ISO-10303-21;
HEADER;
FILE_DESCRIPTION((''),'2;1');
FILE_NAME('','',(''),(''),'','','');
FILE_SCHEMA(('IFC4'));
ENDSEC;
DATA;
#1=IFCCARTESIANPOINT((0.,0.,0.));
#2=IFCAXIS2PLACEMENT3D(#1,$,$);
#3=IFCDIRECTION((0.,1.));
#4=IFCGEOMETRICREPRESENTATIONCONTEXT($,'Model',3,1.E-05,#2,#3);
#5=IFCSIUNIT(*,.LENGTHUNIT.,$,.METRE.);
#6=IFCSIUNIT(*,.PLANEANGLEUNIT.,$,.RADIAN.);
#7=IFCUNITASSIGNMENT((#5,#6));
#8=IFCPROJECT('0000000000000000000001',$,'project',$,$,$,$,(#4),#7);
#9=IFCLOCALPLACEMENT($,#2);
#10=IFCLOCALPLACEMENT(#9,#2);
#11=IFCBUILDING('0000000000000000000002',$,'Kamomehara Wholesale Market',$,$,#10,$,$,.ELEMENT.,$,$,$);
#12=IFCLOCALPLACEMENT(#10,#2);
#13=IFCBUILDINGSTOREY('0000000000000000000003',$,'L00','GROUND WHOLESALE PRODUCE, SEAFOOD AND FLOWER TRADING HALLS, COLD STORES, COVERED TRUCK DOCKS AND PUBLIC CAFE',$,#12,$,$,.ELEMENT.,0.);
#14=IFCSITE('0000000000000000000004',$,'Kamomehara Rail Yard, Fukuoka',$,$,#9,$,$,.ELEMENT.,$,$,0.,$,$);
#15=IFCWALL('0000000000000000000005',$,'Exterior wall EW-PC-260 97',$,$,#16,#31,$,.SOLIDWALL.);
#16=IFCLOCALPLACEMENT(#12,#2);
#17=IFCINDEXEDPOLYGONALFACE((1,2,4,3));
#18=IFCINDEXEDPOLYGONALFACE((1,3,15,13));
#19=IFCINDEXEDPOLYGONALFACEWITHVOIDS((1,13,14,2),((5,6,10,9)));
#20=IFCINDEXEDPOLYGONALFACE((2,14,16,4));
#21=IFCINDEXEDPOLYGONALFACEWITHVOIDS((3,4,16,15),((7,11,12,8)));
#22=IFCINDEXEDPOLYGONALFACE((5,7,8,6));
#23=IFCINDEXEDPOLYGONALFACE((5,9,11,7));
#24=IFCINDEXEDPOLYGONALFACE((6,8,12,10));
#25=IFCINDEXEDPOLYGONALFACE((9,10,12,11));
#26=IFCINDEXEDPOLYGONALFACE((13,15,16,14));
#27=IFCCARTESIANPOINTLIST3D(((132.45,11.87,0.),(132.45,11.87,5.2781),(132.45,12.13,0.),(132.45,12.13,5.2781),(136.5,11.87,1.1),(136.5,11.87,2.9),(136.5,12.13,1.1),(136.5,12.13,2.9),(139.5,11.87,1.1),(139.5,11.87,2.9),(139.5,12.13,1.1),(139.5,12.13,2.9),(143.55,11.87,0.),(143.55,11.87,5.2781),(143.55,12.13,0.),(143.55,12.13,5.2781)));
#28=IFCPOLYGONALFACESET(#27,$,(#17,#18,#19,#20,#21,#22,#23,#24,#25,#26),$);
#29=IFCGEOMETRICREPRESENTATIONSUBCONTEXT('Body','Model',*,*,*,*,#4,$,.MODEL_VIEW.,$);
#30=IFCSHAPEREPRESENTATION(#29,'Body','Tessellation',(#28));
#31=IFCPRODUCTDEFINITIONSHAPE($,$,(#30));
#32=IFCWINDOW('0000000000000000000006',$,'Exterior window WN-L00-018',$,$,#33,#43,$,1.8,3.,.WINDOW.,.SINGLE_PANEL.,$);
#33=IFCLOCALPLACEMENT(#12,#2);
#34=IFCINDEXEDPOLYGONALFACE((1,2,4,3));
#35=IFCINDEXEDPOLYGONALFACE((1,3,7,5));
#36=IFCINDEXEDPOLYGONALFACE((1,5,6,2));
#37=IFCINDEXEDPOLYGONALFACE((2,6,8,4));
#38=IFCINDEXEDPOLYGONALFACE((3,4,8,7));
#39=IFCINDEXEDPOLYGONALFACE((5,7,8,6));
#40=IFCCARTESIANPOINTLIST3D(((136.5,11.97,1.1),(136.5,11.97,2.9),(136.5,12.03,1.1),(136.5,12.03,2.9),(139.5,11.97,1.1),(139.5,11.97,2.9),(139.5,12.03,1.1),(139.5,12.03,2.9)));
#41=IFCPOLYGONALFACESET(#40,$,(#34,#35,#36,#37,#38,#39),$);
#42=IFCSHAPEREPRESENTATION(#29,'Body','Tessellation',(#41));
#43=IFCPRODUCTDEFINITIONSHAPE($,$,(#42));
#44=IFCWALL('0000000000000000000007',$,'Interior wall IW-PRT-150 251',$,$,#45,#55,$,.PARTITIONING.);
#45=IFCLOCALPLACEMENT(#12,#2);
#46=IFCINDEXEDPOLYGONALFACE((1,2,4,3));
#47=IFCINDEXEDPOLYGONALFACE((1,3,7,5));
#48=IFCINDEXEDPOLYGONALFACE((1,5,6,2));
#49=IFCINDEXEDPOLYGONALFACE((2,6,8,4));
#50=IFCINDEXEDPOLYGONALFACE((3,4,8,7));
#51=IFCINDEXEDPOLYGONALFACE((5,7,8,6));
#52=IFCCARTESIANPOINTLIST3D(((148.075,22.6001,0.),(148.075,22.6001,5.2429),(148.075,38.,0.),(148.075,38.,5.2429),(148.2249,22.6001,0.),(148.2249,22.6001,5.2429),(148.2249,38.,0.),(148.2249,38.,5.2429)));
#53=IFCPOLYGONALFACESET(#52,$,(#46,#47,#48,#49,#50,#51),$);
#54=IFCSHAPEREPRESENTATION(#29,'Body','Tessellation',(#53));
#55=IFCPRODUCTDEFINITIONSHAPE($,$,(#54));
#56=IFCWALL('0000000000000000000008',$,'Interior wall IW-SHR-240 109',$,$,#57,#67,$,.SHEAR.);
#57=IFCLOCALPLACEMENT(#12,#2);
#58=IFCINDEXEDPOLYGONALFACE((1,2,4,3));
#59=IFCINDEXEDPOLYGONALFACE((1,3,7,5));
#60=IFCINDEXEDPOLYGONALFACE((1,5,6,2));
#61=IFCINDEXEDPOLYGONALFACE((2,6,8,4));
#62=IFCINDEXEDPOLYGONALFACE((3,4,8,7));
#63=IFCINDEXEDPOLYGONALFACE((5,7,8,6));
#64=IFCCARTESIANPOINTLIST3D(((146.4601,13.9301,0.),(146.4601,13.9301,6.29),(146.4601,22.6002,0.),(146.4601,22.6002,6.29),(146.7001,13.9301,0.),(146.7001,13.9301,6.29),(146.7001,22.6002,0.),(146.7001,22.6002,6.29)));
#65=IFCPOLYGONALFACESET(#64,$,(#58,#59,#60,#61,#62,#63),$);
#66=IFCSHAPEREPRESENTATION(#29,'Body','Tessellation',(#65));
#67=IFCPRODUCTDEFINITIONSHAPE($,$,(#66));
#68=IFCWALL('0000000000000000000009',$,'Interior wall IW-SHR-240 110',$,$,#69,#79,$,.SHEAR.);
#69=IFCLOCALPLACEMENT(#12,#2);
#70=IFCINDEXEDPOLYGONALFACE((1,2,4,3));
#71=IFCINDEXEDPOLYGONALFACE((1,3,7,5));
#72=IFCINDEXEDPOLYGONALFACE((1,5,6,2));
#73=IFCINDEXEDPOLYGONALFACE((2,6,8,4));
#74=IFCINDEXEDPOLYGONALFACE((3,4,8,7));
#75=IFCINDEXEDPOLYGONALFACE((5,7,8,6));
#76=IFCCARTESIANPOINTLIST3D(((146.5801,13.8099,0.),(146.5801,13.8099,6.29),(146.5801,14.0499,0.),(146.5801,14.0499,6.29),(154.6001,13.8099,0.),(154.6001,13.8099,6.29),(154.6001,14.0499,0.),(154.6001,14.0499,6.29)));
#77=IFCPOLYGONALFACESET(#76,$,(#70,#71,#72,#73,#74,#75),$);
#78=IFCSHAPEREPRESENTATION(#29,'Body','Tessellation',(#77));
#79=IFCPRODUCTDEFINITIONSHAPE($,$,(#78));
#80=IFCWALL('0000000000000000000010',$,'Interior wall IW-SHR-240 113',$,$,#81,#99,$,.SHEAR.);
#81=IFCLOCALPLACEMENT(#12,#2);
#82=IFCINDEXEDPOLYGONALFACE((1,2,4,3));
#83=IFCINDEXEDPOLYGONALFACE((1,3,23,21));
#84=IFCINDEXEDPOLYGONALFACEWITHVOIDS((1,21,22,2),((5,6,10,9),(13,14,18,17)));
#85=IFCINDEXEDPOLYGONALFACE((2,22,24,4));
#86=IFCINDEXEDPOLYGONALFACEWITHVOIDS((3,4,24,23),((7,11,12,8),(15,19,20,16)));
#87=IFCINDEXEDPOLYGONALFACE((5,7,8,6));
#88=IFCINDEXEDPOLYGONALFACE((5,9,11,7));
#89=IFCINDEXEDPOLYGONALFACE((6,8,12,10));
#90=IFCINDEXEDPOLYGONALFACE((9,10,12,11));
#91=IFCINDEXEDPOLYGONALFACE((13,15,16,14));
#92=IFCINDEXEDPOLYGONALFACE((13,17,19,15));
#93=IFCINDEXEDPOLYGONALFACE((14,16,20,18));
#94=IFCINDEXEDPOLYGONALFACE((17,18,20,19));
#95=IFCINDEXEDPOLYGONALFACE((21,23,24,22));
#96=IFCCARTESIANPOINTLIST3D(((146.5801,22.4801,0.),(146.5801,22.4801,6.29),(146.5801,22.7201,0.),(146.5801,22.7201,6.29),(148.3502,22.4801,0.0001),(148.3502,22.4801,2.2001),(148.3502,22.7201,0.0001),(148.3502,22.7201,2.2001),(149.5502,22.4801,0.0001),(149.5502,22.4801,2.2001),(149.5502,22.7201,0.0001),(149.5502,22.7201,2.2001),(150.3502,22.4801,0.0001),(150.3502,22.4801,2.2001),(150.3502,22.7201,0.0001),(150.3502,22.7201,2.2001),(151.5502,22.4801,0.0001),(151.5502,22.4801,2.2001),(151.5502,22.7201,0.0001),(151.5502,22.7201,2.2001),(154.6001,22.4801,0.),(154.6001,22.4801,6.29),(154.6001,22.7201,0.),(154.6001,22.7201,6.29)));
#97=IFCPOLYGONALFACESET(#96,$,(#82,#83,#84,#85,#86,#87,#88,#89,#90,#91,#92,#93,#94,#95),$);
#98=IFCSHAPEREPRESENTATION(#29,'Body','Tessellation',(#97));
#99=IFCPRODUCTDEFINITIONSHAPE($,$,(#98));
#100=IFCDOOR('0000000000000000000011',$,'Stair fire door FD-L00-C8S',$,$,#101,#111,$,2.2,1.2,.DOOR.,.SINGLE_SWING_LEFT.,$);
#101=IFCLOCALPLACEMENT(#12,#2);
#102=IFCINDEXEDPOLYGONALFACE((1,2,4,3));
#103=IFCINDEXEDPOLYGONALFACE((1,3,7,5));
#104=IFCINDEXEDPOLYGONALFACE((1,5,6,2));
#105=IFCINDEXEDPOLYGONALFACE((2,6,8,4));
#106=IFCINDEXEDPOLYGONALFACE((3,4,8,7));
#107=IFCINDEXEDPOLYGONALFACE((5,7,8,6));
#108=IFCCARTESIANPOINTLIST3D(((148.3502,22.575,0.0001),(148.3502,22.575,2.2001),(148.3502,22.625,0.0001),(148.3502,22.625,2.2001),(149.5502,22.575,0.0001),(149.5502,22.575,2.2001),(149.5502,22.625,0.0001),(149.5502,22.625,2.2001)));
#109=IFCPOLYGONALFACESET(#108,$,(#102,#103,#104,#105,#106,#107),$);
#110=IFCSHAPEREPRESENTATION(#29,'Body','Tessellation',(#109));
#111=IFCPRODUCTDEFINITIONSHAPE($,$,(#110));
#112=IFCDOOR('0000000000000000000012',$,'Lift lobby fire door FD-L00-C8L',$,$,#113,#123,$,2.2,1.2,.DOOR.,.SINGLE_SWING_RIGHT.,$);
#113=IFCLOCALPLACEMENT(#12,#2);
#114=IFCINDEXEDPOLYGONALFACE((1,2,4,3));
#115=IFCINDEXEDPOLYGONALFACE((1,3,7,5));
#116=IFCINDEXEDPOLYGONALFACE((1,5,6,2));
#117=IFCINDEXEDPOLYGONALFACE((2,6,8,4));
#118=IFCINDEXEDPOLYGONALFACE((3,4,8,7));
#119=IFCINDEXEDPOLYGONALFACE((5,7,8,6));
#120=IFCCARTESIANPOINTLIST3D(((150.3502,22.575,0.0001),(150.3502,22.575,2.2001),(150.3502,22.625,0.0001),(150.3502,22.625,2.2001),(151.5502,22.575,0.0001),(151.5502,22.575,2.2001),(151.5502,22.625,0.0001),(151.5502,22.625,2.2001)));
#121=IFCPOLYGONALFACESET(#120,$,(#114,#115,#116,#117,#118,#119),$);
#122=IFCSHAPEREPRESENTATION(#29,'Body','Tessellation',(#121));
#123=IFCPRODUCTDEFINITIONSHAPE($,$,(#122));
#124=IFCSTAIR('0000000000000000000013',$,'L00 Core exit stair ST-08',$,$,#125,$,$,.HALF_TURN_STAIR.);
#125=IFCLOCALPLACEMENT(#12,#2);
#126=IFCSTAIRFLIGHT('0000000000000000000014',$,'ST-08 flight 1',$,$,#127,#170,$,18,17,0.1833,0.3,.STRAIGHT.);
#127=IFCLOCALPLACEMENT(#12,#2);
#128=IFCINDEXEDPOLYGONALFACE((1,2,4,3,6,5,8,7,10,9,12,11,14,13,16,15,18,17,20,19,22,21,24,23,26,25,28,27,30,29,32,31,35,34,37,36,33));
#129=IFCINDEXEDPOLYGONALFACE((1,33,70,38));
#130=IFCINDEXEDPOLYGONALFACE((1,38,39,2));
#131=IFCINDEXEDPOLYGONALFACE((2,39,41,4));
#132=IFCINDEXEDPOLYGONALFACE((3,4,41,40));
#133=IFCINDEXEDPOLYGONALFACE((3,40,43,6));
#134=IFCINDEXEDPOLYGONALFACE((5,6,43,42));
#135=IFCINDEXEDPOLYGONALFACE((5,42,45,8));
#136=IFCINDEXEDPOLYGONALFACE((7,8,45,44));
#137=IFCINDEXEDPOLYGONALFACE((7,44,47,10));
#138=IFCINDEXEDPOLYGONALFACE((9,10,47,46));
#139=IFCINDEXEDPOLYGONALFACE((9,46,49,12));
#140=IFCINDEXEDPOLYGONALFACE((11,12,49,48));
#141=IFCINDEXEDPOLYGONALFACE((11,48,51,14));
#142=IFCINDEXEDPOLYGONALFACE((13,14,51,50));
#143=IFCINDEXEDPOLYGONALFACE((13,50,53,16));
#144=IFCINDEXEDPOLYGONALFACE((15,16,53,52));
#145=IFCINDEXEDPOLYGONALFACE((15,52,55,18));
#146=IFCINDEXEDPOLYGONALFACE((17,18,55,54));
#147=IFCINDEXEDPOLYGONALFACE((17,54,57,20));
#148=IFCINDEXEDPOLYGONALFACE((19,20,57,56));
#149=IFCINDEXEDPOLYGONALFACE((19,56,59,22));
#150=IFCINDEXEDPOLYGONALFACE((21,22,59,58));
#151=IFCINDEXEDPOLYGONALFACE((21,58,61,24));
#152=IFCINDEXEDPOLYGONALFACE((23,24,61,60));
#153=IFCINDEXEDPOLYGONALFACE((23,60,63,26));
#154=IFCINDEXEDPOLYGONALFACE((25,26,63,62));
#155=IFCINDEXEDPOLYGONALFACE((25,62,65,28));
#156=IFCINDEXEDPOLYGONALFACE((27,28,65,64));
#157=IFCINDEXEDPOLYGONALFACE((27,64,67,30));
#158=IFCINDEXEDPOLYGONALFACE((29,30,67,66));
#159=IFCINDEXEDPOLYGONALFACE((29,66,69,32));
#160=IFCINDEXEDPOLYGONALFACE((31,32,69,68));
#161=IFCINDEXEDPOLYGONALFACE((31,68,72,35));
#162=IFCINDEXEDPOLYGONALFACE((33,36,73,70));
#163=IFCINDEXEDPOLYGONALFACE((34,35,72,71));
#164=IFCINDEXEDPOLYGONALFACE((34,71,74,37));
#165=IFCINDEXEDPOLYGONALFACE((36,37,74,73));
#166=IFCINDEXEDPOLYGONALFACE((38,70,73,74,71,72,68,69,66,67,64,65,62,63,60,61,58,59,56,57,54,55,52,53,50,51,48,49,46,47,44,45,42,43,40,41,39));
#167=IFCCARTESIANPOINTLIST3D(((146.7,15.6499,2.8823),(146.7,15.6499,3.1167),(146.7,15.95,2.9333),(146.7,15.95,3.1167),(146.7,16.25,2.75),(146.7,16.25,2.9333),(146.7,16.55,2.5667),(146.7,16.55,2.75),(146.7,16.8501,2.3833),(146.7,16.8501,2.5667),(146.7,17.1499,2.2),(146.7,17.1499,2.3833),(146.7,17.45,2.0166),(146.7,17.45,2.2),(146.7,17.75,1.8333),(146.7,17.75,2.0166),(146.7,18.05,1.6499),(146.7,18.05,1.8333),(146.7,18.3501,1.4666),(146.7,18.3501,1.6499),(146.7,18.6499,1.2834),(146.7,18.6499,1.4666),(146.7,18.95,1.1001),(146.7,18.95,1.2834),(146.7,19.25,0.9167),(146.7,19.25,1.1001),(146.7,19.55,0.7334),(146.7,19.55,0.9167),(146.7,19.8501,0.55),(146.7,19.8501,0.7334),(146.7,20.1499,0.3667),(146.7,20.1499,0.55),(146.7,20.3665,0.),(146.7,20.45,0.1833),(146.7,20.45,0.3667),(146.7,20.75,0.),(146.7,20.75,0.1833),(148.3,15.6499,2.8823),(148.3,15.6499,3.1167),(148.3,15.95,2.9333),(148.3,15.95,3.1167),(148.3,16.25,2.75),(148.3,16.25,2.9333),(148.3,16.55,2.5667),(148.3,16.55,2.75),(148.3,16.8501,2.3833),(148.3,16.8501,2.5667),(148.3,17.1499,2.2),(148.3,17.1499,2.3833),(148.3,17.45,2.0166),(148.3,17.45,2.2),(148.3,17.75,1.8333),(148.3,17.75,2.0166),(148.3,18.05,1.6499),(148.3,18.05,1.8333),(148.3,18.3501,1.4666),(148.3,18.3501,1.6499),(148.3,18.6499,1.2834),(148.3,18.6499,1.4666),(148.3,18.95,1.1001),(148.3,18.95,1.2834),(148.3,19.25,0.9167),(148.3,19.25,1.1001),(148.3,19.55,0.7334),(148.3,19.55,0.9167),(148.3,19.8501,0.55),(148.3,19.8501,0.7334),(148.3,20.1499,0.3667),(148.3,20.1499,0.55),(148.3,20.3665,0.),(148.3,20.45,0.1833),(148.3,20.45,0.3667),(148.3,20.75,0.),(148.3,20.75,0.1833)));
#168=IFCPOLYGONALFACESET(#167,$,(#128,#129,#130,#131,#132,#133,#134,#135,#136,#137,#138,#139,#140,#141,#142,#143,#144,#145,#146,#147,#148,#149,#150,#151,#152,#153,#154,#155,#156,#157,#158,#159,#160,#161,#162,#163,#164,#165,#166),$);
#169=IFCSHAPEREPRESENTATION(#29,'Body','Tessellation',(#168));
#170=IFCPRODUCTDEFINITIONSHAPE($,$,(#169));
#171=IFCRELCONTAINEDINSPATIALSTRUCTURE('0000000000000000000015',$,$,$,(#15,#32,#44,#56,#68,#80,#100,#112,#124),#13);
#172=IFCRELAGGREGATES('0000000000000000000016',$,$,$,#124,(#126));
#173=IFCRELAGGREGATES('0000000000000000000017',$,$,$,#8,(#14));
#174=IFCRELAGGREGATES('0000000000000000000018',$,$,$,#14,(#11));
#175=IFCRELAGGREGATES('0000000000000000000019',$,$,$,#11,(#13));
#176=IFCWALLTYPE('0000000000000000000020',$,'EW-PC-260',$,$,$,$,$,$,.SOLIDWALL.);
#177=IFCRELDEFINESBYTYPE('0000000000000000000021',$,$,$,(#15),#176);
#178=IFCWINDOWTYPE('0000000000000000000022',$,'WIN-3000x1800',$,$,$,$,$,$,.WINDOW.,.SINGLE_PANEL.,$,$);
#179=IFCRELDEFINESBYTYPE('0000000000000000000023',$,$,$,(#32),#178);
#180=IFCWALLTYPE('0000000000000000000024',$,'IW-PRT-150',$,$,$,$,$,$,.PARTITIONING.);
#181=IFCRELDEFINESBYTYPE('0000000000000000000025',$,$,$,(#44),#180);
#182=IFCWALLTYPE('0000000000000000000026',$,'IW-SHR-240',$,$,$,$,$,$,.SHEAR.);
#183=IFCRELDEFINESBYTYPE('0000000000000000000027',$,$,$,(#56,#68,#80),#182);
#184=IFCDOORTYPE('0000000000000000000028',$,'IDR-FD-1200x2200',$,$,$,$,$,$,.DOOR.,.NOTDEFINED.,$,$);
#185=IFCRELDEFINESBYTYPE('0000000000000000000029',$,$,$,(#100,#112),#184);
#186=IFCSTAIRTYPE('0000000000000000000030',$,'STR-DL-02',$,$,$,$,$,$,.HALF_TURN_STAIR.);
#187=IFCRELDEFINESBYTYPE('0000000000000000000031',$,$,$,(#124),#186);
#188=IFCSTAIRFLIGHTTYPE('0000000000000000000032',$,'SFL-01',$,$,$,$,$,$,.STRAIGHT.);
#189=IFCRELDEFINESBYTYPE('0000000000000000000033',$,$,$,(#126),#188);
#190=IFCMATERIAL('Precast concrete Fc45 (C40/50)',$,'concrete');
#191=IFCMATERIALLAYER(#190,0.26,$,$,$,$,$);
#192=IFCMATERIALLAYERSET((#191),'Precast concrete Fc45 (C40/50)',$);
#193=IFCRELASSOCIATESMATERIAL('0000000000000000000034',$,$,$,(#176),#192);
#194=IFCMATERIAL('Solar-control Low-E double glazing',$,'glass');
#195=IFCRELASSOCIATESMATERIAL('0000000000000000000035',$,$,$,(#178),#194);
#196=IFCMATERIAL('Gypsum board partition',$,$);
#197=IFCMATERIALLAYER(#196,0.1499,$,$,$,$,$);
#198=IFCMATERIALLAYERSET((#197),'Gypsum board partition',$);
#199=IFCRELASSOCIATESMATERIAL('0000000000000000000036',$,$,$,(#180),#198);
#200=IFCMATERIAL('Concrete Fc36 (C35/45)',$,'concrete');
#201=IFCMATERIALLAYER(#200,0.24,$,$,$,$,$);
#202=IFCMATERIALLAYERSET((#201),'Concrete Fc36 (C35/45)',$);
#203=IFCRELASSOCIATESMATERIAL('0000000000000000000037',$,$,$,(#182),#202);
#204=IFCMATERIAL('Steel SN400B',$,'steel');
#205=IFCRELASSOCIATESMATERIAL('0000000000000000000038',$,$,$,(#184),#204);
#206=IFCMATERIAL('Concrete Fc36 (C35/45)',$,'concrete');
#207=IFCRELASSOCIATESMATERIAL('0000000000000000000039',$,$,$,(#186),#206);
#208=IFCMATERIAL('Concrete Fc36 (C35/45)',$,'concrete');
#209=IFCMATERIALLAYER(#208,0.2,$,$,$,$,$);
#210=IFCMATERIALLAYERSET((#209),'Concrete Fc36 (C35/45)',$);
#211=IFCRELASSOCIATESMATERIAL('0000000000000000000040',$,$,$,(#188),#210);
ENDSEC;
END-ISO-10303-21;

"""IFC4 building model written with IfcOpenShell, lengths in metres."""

from ifc_helpers import new_model, si_unit, direction, frame, frame_2d, origin, place, context, subcontext, project, spatial, polyline, rectangle, outline, extrude, material, layer, layer_set, type_object, element, fill, aggregate, save


model = new_model("IFC4")

# Units and contexts
model_context = context("Model", 3, precision=1e-05, world=origin(), true_north=direction((0.0, 1.0)))
body_context = subcontext(model_context, "Body", "Model", "MODEL_VIEW")
ifc_project = project(units=[si_unit("LENGTHUNIT", "METRE"), si_unit("PLANEANGLEUNIT", "RADIAN")], contexts=[model_context])

# Site, building, storey
site_placement = place(None, origin())
site = spatial("IfcSite", under=ifc_project, at=site_placement, Name="Kamomehara Rail Yard, Fukuoka", CompositionType="ELEMENT", RefElevation=0.0)
building_placement = place(site_placement, origin())
building = spatial("IfcBuilding", under=site, at=building_placement, Name="Kamomehara Wholesale Market", CompositionType="ELEMENT")
storey_placement = place(building_placement, origin())
storey = spatial("IfcBuildingStorey", under=building, at=storey_placement, Name="L00", Description="GROUND WHOLESALE PRODUCE, SEAFOOD AND FLOWER TRADING HALLS, COLD STORES, COVERED TRUCK DOCKS AND PUBLIC CAFE", CompositionType="ELEMENT", Elevation=0.0)

# Wall, opening, window
ifc_material_1 = material(Name="Precast concrete Fc45 (C40/50)", Category="concrete")
ifc_layer_1 = layer(ifc_material_1, 0.26)
ifc_layer_set_1 = layer_set([ifc_layer_1], Name="Precast concrete Fc45 (C40/50)")
wall_type_1 = type_object("IfcWallType", Name="EW-PC-260", PredefinedType="SOLIDWALL", material=ifc_layer_set_1)
wall_1_placement = place(storey_placement, frame((143.55, 12.0, 0.0), z_axis=(0.0, 0.0, 1.0), x_axis=(-1.0, 0.0, 0.0)))
wall_1 = element("IfcWall", 1, at=wall_1_placement, inside=storey, type_object=wall_type_1, Name="Exterior wall EW-PC-260 97", PredefinedType="SOLIDWALL", context=body_context, shape_type="SweptSolid", body=[
    extrude(rectangle(XDim=11.1001, YDim=0.26, at=frame_2d((5.55, 0.0))), origin(), (0.0, 0.0, 1.0), 5.2781),
])
opening_1_placement = place(wall_1_placement, frame((4.05, 0.0, 1.1001)))
opening_1 = element("IfcOpeningElement", 2, at=opening_1_placement, cuts=wall_1, PredefinedType="OPENING", context=body_context, shape_type="SweptSolid", body=[
    extrude(rectangle(XDim=3.0, YDim=1.8, at=frame_2d((1.5, 0.8999))), frame((0.0, 0.145, 0.0), z_axis=(0.0, -1.0, 0.0), x_axis=(1.0, 0.0, 0.0)), (0.0, 0.0, 1.0), 0.2898),
])
ifc_material_2 = material(Name="Solar-control Low-E double glazing", Category="glass")
window_type = type_object("IfcWindowType", Name="WIN-3000x1800", PartitioningType="SINGLE_PANEL", PredefinedType="WINDOW", material=ifc_material_2)
window_placement = place(opening_1_placement, origin())
window = element("IfcWindow", 3, at=window_placement, inside=storey, type_object=window_type, Name="Exterior window WN-L00-018", OverallHeight=1.8, OverallWidth=3.0, PartitioningType="SINGLE_PANEL", PredefinedType="WINDOW", context=body_context, shape_type="SweptSolid", body=[
    extrude(rectangle(XDim=3.0, YDim=1.8, at=frame_2d((1.5, 0.8999))), frame((0.0, 0.03, 0.0), z_axis=(0.0, -1.0, 0.0), x_axis=(1.0, 0.0, 0.0)), (0.0, 0.0, 1.0), 0.0601),
])
fill(opening_1, window)

# Walls
ifc_material_3 = material(Name="Gypsum board partition")
ifc_layer_2 = layer(ifc_material_3, 0.1499)
ifc_layer_set_2 = layer_set([ifc_layer_2], Name="Gypsum board partition")
wall_type_2 = type_object("IfcWallType", Name="IW-PRT-150", PredefinedType="PARTITIONING", material=ifc_layer_set_2)
wall_2_placement = place(storey_placement, frame((148.1499, 22.6001, 0.0), z_axis=(0.0, 0.0, 1.0), x_axis=(0.0, 1.0, 0.0)))
element("IfcWall", 4, at=wall_2_placement, inside=storey, type_object=wall_type_2, Name="Interior wall IW-PRT-150 251", PredefinedType="PARTITIONING", context=body_context, shape_type="SweptSolid", body=[
    extrude(rectangle(XDim=15.3999, YDim=0.1499, at=frame_2d((7.7, 0.0))), origin(), (0.0, 0.0, 1.0), 5.2429),
])
ifc_material_4 = material(Name="Concrete Fc36 (C35/45)", Category="concrete")
ifc_layer_3 = layer(ifc_material_4, 0.24)
ifc_layer_set_3 = layer_set([ifc_layer_3], Name="Concrete Fc36 (C35/45)")
wall_type_3 = type_object("IfcWallType", Name="IW-SHR-240", PredefinedType="SHEAR", material=ifc_layer_set_3)
wall_3_placement = place(storey_placement, frame((146.5801, 22.6001, 0.0), z_axis=(0.0, 0.0, 1.0), x_axis=(0.0, -1.0, 0.0)))
element("IfcWall", 5, at=wall_3_placement, inside=storey, type_object=wall_type_3, Name="Interior wall IW-SHR-240 109", PredefinedType="SHEAR", context=body_context, shape_type="SweptSolid", body=[
    extrude(rectangle(XDim=8.6702, YDim=0.24, at=frame_2d((4.335, 0.0))), origin(), (0.0, 0.0, 1.0), 6.29),
])
wall_4_placement = place(storey_placement, frame((146.5801, 13.9299, 0.0), z_axis=(0.0, 0.0, 1.0), x_axis=(1.0, 0.0, 0.0)))
element("IfcWall", 6, at=wall_4_placement, inside=storey, type_object=wall_type_3, Name="Interior wall IW-SHR-240 110", PredefinedType="SHEAR", context=body_context, shape_type="SweptSolid", body=[
    extrude(rectangle(XDim=8.02, YDim=0.24, at=frame_2d((4.01, 0.0))), origin(), (0.0, 0.0, 1.0), 6.29),
])

# Wall, openings, doors
wall_5_placement = place(storey_placement, frame((146.5801, 22.6001, 0.0), z_axis=(0.0, 0.0, 1.0), x_axis=(1.0, 0.0, 0.0)))
wall_5 = element("IfcWall", 7, at=wall_5_placement, inside=storey, type_object=wall_type_3, Name="Interior wall IW-SHR-240 113", PredefinedType="SHEAR", context=body_context, shape_type="SweptSolid", body=[
    extrude(rectangle(XDim=8.02, YDim=0.24, at=frame_2d((4.01, 0.0))), origin(), (0.0, 0.0, 1.0), 6.29),
])
opening_2_placement = place(wall_5_placement, frame((1.77, 0.0, 0.0)))
opening_2 = element("IfcOpeningElement", 8, at=opening_2_placement, cuts=wall_5, PredefinedType="OPENING", context=body_context, shape_type="SweptSolid", body=[
    extrude(rectangle(XDim=1.2, YDim=2.2, at=frame_2d((0.6001, 1.1001))), frame((0.0, 0.1348, 0.0), z_axis=(0.0, -1.0, 0.0), x_axis=(1.0, 0.0, 0.0)), (0.0, 0.0, 1.0), 0.2698),
])
opening_3_placement = place(wall_5_placement, frame((3.77, 0.0, 0.0)))
opening_3 = element("IfcOpeningElement", 9, at=opening_3_placement, cuts=wall_5, PredefinedType="OPENING", context=body_context, shape_type="SweptSolid", body=[
    extrude(rectangle(XDim=1.2, YDim=2.2, at=frame_2d((0.6001, 1.1001))), frame((0.0, 0.1348, 0.0), z_axis=(0.0, -1.0, 0.0), x_axis=(1.0, 0.0, 0.0)), (0.0, 0.0, 1.0), 0.2698),
])
ifc_material_5 = material(Name="Steel SN400B", Category="steel")
door_type = type_object("IfcDoorType", Name="IDR-FD-1200x2200", OperationType="NOTDEFINED", PredefinedType="DOOR", material=ifc_material_5)
door_1_placement = place(opening_2_placement, origin())
door_1 = element("IfcDoor", 10, at=door_1_placement, inside=storey, type_object=door_type, Name="Stair fire door FD-L00-C8S", OperationType="SINGLE_SWING_LEFT", OverallHeight=2.2, OverallWidth=1.2, PredefinedType="DOOR", context=body_context, shape_type="SweptSolid", body=[
    extrude(rectangle(XDim=1.2, YDim=2.2, at=frame_2d((0.6001, 1.1001))), frame((0.0, 0.0249, 0.0), z_axis=(0.0, -1.0, 0.0), x_axis=(1.0, 0.0, 0.0)), (0.0, 0.0, 1.0), 0.05),
])
fill(opening_2, door_1)
door_2_placement = place(opening_3_placement, origin())
door_2 = element("IfcDoor", 11, at=door_2_placement, inside=storey, type_object=door_type, Name="Lift lobby fire door FD-L00-C8L", OperationType="SINGLE_SWING_RIGHT", OverallHeight=2.2, OverallWidth=1.2, PredefinedType="DOOR", context=body_context, shape_type="SweptSolid", body=[
    extrude(rectangle(XDim=1.2, YDim=2.2, at=frame_2d((0.6001, 1.1001))), frame((0.0, 0.0249, 0.0), z_axis=(0.0, -1.0, 0.0), x_axis=(1.0, 0.0, 0.0)), (0.0, 0.0, 1.0), 0.05),
])
fill(opening_3, door_2)

# Stair, stair flight
ifc_material_6 = material(Name="Concrete Fc36 (C35/45)", Category="concrete")
stair_type = type_object("IfcStairType", Name="STR-DL-02", PredefinedType="HALF_TURN_STAIR", material=ifc_material_6)
stair_placement = place(storey_placement, origin())
stair = element("IfcStair", 12, at=stair_placement, inside=storey, type_object=stair_type, Name="L00 Core exit stair ST-08", PredefinedType="HALF_TURN_STAIR")
ifc_material_7 = material(Name="Concrete Fc36 (C35/45)", Category="concrete")
ifc_layer_4 = layer(ifc_material_7, 0.2)
ifc_layer_set_4 = layer_set([ifc_layer_4], Name="Concrete Fc36 (C35/45)")
stair_flight_type = type_object("IfcStairFlightType", Name="SFL-01", PredefinedType="STRAIGHT", material=ifc_layer_set_4)
stair_flight_placement = place(storey_placement, frame((147.5, 20.75, 0.0), z_axis=(0.0, 0.0, 1.0), x_axis=(0.0, -1.0, 0.0)))
stair_flight = element("IfcStairFlight", 13, at=stair_flight_placement, type_object=stair_flight_type, Name="ST-08 flight 1", NumberOfRisers=18, NumberOfTreads=17, PredefinedType="STRAIGHT", RiserHeight=0.1833, TreadLength=0.3, context=body_context, shape_type="SweptSolid", body=[
    extrude(outline(polyline([(0.0, 0.0), (0.0, 0.1833), (0.3, 0.1833), (0.3, 0.3667), (0.6001, 0.3667), (0.6001, 0.55), (0.8999, 0.55), (0.8999, 0.7334), (1.2, 0.7334), (1.2, 0.9167), (1.5, 0.9167), (1.5, 1.1001), (1.8, 1.1001), (1.8, 1.2834), (2.1001, 1.2834), (2.1001, 1.4666), (2.3999, 1.4666), (2.3999, 1.6499), (2.7, 1.6499), (2.7, 1.8333), (3.0, 1.8333), (3.0, 2.0166), (3.3, 2.0166), (3.3, 2.2), (3.6001, 2.2), (3.6001, 2.3833), (3.8999, 2.3833), (3.8999, 2.5667), (4.2, 2.5667), (4.2, 2.75), (4.5, 2.75), (4.5, 2.9333), (4.8, 2.9333), (4.8, 3.1167), (5.1001, 3.1167), (5.1001, 3.3), (5.1001, 2.8823), (0.3835, 0.0), (0.0, 0.0)])), frame((0.0, 0.8, 0.0), z_axis=(0.0, -1.0, 0.0), x_axis=(1.0, 0.0, 0.0)), (0.0, 0.0, 1.0), 1.6001),
])
aggregate(stair, [stair_flight])

save(model, "model.ifc")
